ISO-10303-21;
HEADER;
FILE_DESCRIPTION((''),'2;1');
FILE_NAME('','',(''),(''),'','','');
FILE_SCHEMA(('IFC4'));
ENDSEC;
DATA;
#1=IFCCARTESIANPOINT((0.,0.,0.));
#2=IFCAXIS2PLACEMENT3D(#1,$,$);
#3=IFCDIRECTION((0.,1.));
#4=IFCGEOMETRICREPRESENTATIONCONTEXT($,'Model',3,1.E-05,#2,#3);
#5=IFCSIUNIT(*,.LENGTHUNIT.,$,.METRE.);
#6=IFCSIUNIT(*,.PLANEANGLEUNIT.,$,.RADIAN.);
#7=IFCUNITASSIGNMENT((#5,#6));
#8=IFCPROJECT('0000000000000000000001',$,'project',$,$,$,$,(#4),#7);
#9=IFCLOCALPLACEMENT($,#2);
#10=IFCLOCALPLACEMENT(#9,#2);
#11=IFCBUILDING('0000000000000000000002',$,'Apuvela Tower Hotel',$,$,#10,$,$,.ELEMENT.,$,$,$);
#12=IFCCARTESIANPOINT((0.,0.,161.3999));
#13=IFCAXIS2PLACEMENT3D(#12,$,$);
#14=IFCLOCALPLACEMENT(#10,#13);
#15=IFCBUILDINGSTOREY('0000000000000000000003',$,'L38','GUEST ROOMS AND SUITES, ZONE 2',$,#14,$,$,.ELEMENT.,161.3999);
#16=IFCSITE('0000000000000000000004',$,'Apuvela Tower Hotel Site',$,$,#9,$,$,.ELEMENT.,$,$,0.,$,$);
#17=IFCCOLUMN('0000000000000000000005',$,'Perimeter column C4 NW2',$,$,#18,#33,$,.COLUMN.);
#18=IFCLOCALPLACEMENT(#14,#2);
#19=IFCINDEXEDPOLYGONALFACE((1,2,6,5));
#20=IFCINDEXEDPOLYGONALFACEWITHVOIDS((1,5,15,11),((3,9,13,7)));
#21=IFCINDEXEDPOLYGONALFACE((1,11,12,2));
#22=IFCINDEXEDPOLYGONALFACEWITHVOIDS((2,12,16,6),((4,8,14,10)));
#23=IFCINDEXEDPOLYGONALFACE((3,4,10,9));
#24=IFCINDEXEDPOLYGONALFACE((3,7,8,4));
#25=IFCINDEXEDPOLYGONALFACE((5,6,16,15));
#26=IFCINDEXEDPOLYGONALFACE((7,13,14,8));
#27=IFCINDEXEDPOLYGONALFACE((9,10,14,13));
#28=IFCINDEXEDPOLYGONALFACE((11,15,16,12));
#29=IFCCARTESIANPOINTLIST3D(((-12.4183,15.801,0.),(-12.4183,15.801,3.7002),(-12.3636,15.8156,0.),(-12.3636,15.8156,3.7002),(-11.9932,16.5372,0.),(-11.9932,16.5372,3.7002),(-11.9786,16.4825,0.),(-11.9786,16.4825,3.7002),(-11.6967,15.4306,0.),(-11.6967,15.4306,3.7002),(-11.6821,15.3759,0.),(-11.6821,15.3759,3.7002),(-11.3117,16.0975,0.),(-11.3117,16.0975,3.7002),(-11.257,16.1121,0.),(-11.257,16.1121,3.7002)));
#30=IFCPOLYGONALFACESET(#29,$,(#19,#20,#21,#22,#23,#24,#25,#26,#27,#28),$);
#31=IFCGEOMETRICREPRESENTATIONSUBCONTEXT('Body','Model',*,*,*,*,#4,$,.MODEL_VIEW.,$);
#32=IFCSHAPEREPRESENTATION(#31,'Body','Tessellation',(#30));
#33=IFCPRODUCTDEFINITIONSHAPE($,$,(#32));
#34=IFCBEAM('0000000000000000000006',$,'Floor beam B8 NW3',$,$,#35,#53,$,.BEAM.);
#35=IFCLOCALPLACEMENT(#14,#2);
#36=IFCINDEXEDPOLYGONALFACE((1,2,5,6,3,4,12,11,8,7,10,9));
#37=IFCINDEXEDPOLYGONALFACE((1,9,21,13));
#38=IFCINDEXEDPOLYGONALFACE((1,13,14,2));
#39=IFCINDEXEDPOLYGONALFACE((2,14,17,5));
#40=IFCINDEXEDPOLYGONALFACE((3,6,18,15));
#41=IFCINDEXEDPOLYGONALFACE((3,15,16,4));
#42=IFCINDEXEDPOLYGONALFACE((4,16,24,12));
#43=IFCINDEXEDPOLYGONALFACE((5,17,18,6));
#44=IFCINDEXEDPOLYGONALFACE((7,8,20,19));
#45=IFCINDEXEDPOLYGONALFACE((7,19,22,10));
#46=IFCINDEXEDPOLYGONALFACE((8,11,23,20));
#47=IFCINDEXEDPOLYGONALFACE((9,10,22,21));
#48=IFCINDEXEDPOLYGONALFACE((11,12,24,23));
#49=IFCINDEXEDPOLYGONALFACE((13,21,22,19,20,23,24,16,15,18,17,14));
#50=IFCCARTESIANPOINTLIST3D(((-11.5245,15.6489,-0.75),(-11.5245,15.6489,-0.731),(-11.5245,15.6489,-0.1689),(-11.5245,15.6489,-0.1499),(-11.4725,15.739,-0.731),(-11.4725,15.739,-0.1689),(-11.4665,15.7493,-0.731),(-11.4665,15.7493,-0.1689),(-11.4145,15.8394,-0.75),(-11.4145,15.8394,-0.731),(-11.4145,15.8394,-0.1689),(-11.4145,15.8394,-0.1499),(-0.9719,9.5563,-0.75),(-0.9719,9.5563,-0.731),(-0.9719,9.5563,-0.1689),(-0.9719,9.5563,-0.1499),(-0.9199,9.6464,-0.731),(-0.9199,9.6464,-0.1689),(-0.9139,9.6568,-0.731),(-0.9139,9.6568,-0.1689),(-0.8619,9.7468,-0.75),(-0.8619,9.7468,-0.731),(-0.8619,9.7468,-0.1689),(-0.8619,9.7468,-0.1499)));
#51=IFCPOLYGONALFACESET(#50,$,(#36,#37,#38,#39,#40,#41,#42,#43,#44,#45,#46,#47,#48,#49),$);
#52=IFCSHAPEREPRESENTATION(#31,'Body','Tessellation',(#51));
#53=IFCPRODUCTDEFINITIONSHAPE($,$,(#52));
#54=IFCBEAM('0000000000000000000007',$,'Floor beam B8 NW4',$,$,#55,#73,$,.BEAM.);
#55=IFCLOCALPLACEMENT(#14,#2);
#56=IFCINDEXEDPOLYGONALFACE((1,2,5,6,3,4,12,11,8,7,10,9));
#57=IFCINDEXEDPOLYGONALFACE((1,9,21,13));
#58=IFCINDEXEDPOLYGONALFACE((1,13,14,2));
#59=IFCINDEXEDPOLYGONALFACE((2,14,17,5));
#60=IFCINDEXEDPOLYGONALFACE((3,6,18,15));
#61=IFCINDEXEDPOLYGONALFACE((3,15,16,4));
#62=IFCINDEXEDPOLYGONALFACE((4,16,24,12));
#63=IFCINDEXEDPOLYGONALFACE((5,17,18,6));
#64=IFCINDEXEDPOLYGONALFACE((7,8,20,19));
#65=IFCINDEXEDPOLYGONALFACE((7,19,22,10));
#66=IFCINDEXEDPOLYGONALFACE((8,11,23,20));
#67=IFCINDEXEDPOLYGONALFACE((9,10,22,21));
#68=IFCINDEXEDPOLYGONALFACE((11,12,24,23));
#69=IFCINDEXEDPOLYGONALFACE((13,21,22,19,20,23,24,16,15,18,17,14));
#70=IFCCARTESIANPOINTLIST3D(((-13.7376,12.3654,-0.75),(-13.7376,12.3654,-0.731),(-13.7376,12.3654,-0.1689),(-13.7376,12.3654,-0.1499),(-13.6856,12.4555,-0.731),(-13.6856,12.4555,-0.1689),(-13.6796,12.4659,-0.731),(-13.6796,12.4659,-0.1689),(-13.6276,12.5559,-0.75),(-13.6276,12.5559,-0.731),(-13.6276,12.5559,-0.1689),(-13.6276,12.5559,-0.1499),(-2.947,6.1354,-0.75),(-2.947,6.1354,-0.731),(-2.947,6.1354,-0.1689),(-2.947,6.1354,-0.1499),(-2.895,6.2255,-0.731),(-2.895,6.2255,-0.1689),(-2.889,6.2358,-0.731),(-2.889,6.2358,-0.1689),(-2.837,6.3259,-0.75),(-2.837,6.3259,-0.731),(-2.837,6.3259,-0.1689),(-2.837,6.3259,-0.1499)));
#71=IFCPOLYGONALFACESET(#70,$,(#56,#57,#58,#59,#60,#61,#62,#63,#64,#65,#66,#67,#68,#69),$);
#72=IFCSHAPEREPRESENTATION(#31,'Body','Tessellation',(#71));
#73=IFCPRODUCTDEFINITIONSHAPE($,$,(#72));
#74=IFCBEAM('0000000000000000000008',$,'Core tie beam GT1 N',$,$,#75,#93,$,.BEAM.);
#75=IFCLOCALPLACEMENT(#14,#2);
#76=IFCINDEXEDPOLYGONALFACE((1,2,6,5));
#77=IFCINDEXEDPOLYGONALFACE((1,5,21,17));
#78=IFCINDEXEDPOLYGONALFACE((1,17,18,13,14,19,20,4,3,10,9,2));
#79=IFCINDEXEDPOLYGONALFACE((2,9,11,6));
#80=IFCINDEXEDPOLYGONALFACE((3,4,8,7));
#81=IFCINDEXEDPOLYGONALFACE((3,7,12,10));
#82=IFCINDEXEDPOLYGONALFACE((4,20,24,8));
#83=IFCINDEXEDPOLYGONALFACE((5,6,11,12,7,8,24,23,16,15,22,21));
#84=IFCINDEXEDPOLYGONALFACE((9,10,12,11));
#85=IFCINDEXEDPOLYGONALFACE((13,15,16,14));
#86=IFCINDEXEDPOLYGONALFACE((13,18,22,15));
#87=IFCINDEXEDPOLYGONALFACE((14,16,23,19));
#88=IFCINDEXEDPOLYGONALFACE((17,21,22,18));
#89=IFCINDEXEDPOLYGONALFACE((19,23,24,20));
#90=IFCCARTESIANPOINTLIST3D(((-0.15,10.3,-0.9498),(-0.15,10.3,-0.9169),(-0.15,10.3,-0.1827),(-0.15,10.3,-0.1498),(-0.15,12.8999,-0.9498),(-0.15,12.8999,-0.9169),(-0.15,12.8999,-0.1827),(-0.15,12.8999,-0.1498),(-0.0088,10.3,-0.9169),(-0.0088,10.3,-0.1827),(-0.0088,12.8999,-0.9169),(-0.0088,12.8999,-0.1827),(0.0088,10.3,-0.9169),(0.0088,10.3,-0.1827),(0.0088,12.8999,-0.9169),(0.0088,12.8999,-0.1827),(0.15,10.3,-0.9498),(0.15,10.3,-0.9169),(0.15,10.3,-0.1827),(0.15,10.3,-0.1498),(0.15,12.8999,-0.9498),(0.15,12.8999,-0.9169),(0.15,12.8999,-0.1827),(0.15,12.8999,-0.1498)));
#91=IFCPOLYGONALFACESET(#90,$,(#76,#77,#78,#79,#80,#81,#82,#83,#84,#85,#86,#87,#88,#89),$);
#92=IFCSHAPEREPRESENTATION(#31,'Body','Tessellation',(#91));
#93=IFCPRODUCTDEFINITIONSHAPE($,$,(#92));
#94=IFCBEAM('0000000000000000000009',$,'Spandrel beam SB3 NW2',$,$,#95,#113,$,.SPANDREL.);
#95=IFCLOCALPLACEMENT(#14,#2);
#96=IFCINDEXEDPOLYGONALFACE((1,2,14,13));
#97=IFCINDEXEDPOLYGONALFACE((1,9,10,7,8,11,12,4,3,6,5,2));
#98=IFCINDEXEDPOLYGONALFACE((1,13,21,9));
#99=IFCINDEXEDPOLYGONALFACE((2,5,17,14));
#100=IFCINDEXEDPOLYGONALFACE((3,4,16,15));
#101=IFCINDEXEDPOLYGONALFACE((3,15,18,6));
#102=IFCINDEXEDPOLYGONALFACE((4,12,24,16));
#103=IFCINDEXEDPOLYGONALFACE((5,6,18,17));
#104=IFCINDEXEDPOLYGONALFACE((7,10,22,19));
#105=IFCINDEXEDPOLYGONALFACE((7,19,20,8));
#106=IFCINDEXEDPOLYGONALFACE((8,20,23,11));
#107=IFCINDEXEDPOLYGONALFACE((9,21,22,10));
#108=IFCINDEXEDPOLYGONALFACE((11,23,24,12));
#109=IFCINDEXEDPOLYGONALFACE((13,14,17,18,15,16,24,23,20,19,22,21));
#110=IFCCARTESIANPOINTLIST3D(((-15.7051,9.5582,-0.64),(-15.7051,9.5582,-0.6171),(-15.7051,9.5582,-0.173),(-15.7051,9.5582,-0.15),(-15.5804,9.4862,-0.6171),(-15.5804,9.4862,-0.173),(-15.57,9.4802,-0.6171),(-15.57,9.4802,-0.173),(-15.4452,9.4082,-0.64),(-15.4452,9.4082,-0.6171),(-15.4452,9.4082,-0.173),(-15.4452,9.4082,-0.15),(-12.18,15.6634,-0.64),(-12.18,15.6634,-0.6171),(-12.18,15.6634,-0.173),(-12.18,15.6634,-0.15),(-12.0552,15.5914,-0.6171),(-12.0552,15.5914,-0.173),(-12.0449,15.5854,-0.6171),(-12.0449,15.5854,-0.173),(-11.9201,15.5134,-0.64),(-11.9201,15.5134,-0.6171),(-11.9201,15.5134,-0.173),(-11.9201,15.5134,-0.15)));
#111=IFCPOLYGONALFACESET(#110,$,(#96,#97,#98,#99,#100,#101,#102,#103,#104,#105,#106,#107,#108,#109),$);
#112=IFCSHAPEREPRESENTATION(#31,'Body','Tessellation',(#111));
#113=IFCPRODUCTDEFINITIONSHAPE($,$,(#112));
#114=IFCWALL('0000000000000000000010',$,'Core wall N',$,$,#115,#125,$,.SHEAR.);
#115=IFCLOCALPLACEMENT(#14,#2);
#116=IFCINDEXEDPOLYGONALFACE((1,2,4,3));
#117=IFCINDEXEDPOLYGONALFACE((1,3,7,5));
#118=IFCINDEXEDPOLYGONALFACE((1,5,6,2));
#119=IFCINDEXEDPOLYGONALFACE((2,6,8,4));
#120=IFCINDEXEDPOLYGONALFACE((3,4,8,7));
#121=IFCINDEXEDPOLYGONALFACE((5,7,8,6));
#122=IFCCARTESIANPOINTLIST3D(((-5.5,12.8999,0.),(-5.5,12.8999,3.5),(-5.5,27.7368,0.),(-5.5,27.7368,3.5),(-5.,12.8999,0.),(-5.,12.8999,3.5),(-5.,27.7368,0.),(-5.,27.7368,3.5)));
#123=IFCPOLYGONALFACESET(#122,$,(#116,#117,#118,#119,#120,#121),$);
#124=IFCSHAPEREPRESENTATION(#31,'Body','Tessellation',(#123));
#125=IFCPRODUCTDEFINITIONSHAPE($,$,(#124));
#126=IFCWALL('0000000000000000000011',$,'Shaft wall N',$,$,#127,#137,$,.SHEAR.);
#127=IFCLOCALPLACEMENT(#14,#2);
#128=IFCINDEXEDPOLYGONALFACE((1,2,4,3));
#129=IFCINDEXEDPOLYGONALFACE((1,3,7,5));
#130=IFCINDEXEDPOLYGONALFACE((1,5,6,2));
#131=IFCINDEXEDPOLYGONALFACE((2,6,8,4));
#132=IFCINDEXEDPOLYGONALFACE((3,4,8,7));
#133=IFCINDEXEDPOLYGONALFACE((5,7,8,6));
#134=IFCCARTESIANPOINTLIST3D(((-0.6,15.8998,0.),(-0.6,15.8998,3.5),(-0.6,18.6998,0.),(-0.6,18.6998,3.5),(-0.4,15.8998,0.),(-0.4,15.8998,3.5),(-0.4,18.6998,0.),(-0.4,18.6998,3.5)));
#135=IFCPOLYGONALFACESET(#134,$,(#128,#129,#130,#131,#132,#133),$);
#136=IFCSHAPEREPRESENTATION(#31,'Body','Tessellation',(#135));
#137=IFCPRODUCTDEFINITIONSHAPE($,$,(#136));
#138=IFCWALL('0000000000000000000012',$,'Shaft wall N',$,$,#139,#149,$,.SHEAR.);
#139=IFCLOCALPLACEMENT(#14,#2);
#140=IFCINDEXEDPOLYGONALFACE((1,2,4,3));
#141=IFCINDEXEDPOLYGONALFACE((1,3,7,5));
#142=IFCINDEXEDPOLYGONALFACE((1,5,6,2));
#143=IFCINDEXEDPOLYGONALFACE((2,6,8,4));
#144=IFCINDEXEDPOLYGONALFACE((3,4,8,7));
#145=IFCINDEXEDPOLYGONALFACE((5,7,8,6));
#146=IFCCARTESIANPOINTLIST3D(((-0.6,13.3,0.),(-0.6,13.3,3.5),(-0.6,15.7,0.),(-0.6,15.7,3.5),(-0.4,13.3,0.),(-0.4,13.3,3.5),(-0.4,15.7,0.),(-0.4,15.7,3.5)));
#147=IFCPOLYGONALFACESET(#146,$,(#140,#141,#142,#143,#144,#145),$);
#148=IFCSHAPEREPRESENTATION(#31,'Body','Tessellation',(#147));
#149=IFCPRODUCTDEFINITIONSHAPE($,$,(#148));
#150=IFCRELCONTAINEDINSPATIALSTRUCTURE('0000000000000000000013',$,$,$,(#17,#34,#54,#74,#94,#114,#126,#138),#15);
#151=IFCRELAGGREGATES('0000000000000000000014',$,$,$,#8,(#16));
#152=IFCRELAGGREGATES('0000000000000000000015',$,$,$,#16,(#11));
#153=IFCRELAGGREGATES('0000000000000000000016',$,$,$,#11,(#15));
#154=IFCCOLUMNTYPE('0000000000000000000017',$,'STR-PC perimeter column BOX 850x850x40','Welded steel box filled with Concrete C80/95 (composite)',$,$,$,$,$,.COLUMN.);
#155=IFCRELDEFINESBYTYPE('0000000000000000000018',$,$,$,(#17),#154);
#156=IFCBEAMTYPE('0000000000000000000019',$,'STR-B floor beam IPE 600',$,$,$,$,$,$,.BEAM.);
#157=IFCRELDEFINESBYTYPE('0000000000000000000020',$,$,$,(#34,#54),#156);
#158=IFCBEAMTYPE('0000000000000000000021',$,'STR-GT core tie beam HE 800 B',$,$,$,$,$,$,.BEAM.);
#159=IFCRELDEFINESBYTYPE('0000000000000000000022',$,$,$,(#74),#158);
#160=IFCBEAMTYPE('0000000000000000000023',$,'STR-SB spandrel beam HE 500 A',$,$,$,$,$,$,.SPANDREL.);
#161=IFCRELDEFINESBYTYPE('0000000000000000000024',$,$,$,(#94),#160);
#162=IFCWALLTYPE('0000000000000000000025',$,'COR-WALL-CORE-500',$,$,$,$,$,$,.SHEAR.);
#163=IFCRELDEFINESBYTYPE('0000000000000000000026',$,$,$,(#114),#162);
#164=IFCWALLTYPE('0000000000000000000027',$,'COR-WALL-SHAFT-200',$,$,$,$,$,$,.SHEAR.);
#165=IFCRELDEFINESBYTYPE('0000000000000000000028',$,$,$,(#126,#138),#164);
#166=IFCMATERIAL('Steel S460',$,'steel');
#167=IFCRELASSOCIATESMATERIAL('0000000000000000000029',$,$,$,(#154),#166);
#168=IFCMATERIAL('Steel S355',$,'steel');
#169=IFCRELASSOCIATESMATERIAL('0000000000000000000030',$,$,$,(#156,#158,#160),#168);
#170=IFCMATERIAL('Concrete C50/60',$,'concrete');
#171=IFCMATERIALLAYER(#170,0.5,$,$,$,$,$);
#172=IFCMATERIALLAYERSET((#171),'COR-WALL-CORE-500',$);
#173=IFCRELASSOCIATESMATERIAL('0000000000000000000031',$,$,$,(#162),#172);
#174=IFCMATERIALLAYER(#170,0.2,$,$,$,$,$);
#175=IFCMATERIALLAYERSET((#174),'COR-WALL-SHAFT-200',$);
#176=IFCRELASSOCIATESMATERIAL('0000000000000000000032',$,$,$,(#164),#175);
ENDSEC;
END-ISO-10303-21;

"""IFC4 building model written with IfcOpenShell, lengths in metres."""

from ifc_helpers import new_model, si_unit, direction, frame, frame_2d, origin, origin_2d, place, context, subcontext, project, spatial, rectangle, hollow_rectangle, i_section, extrude, material, layer, layer_set, material_profile, profile_set, type_object, element, save


model = new_model("IFC4")

# Units and contexts
model_context = context("Model", 3, precision=1e-05, world=origin(), true_north=direction((0.0, 1.0)))
body_context = subcontext(model_context, "Body", "Model", "MODEL_VIEW")
ifc_project = project(units=[si_unit("LENGTHUNIT", "METRE"), si_unit("PLANEANGLEUNIT", "RADIAN")], contexts=[model_context])

# Site, building, storey
site_placement = place(None, origin())
site = spatial("IfcSite", under=ifc_project, at=site_placement, Name="Apuvela Tower Hotel Site", CompositionType="ELEMENT", RefElevation=0.0)
building_placement = place(site_placement, origin())
building = spatial("IfcBuilding", under=site, at=building_placement, Name="Apuvela Tower Hotel", CompositionType="ELEMENT")
storey_placement = place(building_placement, frame((0.0, 0.0, 161.3999)))
storey = spatial("IfcBuildingStorey", under=building, at=storey_placement, Name="L38", Description="GUEST ROOMS AND SUITES, ZONE 2", CompositionType="ELEMENT", Elevation=161.3999)

# Column
ifc_material_1 = material(Name="Steel S460", Category="steel")
ifc_material_profile_1 = material_profile(ifc_material_1, hollow_rectangle(XDim=0.8501, YDim=0.8501, WallThickness=0.04, at=origin_2d()), Name="BOX 850x850x40")
ifc_material_2 = material(Name="Concrete C80/95", Category="concrete")
ifc_material_profile_2 = material_profile(ifc_material_2, rectangle(XDim=0.77, YDim=0.77, at=origin_2d()), Name="Concrete C80/95 infill")
ifc_profile_set_1 = profile_set([ifc_material_profile_1, ifc_material_profile_2], Name="Steel S460")
column_type = type_object("IfcColumnType", Name="STR-PC perimeter column BOX 850x850x40", Description="Welded steel box filled with Concrete C80/95 (composite)", PredefinedType="COLUMN", material=ifc_profile_set_1)
column_placement = place(storey_placement, frame((-11.8376, 15.9565, 0.0), z_axis=(0.0, 0.0, 1.0), x_axis=(0.5, 0.866025, 0.0)))
element("IfcColumn", 1, at=column_placement, inside=storey, type_object=column_type, Name="Perimeter column C4 NW2", PredefinedType="COLUMN", context=body_context, shape_type="SweptSolid", body=[
    extrude(hollow_rectangle(XDim=0.8501, YDim=0.8501, WallThickness=0.04, at=origin_2d()), origin(), (0.0, 0.0, 1.0), 3.7002),
])

# Beams
ifc_material_3 = material(Name="Steel S355", Category="steel")
ifc_material_profile_3 = material_profile(ifc_material_3, i_section(OverallWidth=0.22, OverallDepth=0.6001, WebThickness=0.012, FlangeThickness=0.019, at=origin_2d()), Name="IPE 600")
ifc_profile_set_2 = profile_set([ifc_material_profile_3], Name="Steel S355")
beam_type_1 = type_object("IfcBeamType", Name="STR-B floor beam IPE 600", PredefinedType="BEAM", material=ifc_profile_set_2)
beam_1_placement = place(storey_placement, frame((-11.4695, 15.7441, -0.45), z_axis=(0.866024, -0.500003, 0.0), x_axis=(0.500003, 0.866024, 0.0)))
element("IfcBeam", 2, at=beam_1_placement, inside=storey, type_object=beam_type_1, Name="Floor beam B8 NW3", PredefinedType="BEAM", context=body_context, shape_type="SweptSolid", body=[
    extrude(i_section(OverallWidth=0.22, OverallDepth=0.6001, WebThickness=0.012, FlangeThickness=0.019, at=origin_2d()), origin(), (0.0, 0.0, 1.0), 12.1851),
])
beam_2_placement = place(storey_placement, frame((-13.6826, 12.4607, -0.45), z_axis=(0.866023, -0.500004, 0.0), x_axis=(0.500004, 0.866023, 0.0)))
element("IfcBeam", 3, at=beam_2_placement, inside=storey, type_object=beam_type_1, Name="Floor beam B8 NW4", PredefinedType="BEAM", context=body_context, shape_type="SweptSolid", body=[
    extrude(i_section(OverallWidth=0.22, OverallDepth=0.6001, WebThickness=0.012, FlangeThickness=0.019, at=origin_2d()), origin(), (0.0, 0.0, 1.0), 12.46),
])
ifc_material_profile_4 = material_profile(ifc_material_3, i_section(OverallWidth=0.3, OverallDepth=0.8, WebThickness=0.0176, FlangeThickness=0.033, at=origin_2d()), Name="HE 800 B")
ifc_profile_set_3 = profile_set([ifc_material_profile_4], Name="Steel S355")
beam_type_2 = type_object("IfcBeamType", Name="STR-GT core tie beam HE 800 B", PredefinedType="BEAM", material=ifc_profile_set_3)
beam_3_placement = place(storey_placement, frame((0.0, 12.8999, -0.5498), z_axis=(0.0, -1.0, 0.0), x_axis=(1.0, 0.0, 0.0)))
element("IfcBeam", 4, at=beam_3_placement, inside=storey, type_object=beam_type_2, Name="Core tie beam GT1 N", PredefinedType="BEAM", context=body_context, shape_type="SweptSolid", body=[
    extrude(i_section(OverallWidth=0.3, OverallDepth=0.8, WebThickness=0.0176, FlangeThickness=0.033, at=origin_2d()), origin(), (0.0, 0.0, 1.0), 2.5999),
])
ifc_material_profile_5 = material_profile(ifc_material_3, i_section(OverallWidth=0.3, OverallDepth=0.49, WebThickness=0.012, FlangeThickness=0.0229, at=origin_2d()), Name="HE 500 A")
ifc_profile_set_4 = profile_set([ifc_material_profile_5], Name="Steel S355")
beam_type_3 = type_object("IfcBeamType", Name="STR-SB spandrel beam HE 500 A", PredefinedType="SPANDREL", material=ifc_profile_set_4)
beam_4_placement = place(storey_placement, frame((-12.05, 15.5884, -0.395), z_axis=(-0.500031, -0.866007, 0.0), x_axis=(0.866007, -0.500031, 0.0)))
element("IfcBeam", 5, at=beam_4_placement, inside=storey, type_object=beam_type_3, Name="Spandrel beam SB3 NW2", PredefinedType="SPANDREL", context=body_context, shape_type="SweptSolid", body=[
    extrude(i_section(OverallWidth=0.3, OverallDepth=0.49, WebThickness=0.012, FlangeThickness=0.0229, at=origin_2d()), origin(), (0.0, 0.0, 1.0), 7.0498),
])

# Walls
ifc_material_4 = material(Name="Concrete C50/60", Category="concrete")
ifc_layer_1 = layer(ifc_material_4, 0.5)
ifc_layer_set_1 = layer_set([ifc_layer_1], Name="COR-WALL-CORE-500")
wall_type_1 = type_object("IfcWallType", Name="COR-WALL-CORE-500", PredefinedType="SHEAR", material=ifc_layer_set_1)
wall_1_placement = place(storey_placement, frame((-5.25, 12.8999, 0.0), z_axis=(0.0, 0.0, 1.0), x_axis=(0.0, 1.0, 0.0)))
element("IfcWall", 6, at=wall_1_placement, inside=storey, type_object=wall_type_1, Name="Core wall N", PredefinedType="SHEAR", context=body_context, shape_type="SweptSolid", body=[
    extrude(rectangle(XDim=14.8369, YDim=0.5, at=frame_2d((7.4185, 0.0))), origin(), (0.0, 0.0, 1.0), 3.5),
])
ifc_layer_2 = layer(ifc_material_4, 0.2)
ifc_layer_set_2 = layer_set([ifc_layer_2], Name="COR-WALL-SHAFT-200")
wall_type_2 = type_object("IfcWallType", Name="COR-WALL-SHAFT-200", PredefinedType="SHEAR", material=ifc_layer_set_2)
wall_2_placement = place(storey_placement, frame((-0.5, 15.8999, 0.0), z_axis=(0.0, 0.0, 1.0), x_axis=(0.0, 1.0, 0.0)))
element("IfcWall", 7, at=wall_2_placement, inside=storey, type_object=wall_type_2, Name="Shaft wall N", PredefinedType="SHEAR", context=body_context, shape_type="SweptSolid", body=[
    extrude(rectangle(XDim=2.8, YDim=0.2, at=frame_2d((1.3999, 0.0))), origin(), (0.0, 0.0, 1.0), 3.5),
])
wall_3_placement = place(storey_placement, frame((-0.5, 13.3, 0.0), z_axis=(0.0, 0.0, 1.0), x_axis=(0.0, 1.0, 0.0)))
element("IfcWall", 8, at=wall_3_placement, inside=storey, type_object=wall_type_2, Name="Shaft wall N", PredefinedType="SHEAR", context=body_context, shape_type="SweptSolid", body=[
    extrude(rectangle(XDim=2.3999, YDim=0.2, at=frame_2d((1.2, 0.0))), origin(), (0.0, 0.0, 1.0), 3.5),
])

save(model, "model.ifc")
